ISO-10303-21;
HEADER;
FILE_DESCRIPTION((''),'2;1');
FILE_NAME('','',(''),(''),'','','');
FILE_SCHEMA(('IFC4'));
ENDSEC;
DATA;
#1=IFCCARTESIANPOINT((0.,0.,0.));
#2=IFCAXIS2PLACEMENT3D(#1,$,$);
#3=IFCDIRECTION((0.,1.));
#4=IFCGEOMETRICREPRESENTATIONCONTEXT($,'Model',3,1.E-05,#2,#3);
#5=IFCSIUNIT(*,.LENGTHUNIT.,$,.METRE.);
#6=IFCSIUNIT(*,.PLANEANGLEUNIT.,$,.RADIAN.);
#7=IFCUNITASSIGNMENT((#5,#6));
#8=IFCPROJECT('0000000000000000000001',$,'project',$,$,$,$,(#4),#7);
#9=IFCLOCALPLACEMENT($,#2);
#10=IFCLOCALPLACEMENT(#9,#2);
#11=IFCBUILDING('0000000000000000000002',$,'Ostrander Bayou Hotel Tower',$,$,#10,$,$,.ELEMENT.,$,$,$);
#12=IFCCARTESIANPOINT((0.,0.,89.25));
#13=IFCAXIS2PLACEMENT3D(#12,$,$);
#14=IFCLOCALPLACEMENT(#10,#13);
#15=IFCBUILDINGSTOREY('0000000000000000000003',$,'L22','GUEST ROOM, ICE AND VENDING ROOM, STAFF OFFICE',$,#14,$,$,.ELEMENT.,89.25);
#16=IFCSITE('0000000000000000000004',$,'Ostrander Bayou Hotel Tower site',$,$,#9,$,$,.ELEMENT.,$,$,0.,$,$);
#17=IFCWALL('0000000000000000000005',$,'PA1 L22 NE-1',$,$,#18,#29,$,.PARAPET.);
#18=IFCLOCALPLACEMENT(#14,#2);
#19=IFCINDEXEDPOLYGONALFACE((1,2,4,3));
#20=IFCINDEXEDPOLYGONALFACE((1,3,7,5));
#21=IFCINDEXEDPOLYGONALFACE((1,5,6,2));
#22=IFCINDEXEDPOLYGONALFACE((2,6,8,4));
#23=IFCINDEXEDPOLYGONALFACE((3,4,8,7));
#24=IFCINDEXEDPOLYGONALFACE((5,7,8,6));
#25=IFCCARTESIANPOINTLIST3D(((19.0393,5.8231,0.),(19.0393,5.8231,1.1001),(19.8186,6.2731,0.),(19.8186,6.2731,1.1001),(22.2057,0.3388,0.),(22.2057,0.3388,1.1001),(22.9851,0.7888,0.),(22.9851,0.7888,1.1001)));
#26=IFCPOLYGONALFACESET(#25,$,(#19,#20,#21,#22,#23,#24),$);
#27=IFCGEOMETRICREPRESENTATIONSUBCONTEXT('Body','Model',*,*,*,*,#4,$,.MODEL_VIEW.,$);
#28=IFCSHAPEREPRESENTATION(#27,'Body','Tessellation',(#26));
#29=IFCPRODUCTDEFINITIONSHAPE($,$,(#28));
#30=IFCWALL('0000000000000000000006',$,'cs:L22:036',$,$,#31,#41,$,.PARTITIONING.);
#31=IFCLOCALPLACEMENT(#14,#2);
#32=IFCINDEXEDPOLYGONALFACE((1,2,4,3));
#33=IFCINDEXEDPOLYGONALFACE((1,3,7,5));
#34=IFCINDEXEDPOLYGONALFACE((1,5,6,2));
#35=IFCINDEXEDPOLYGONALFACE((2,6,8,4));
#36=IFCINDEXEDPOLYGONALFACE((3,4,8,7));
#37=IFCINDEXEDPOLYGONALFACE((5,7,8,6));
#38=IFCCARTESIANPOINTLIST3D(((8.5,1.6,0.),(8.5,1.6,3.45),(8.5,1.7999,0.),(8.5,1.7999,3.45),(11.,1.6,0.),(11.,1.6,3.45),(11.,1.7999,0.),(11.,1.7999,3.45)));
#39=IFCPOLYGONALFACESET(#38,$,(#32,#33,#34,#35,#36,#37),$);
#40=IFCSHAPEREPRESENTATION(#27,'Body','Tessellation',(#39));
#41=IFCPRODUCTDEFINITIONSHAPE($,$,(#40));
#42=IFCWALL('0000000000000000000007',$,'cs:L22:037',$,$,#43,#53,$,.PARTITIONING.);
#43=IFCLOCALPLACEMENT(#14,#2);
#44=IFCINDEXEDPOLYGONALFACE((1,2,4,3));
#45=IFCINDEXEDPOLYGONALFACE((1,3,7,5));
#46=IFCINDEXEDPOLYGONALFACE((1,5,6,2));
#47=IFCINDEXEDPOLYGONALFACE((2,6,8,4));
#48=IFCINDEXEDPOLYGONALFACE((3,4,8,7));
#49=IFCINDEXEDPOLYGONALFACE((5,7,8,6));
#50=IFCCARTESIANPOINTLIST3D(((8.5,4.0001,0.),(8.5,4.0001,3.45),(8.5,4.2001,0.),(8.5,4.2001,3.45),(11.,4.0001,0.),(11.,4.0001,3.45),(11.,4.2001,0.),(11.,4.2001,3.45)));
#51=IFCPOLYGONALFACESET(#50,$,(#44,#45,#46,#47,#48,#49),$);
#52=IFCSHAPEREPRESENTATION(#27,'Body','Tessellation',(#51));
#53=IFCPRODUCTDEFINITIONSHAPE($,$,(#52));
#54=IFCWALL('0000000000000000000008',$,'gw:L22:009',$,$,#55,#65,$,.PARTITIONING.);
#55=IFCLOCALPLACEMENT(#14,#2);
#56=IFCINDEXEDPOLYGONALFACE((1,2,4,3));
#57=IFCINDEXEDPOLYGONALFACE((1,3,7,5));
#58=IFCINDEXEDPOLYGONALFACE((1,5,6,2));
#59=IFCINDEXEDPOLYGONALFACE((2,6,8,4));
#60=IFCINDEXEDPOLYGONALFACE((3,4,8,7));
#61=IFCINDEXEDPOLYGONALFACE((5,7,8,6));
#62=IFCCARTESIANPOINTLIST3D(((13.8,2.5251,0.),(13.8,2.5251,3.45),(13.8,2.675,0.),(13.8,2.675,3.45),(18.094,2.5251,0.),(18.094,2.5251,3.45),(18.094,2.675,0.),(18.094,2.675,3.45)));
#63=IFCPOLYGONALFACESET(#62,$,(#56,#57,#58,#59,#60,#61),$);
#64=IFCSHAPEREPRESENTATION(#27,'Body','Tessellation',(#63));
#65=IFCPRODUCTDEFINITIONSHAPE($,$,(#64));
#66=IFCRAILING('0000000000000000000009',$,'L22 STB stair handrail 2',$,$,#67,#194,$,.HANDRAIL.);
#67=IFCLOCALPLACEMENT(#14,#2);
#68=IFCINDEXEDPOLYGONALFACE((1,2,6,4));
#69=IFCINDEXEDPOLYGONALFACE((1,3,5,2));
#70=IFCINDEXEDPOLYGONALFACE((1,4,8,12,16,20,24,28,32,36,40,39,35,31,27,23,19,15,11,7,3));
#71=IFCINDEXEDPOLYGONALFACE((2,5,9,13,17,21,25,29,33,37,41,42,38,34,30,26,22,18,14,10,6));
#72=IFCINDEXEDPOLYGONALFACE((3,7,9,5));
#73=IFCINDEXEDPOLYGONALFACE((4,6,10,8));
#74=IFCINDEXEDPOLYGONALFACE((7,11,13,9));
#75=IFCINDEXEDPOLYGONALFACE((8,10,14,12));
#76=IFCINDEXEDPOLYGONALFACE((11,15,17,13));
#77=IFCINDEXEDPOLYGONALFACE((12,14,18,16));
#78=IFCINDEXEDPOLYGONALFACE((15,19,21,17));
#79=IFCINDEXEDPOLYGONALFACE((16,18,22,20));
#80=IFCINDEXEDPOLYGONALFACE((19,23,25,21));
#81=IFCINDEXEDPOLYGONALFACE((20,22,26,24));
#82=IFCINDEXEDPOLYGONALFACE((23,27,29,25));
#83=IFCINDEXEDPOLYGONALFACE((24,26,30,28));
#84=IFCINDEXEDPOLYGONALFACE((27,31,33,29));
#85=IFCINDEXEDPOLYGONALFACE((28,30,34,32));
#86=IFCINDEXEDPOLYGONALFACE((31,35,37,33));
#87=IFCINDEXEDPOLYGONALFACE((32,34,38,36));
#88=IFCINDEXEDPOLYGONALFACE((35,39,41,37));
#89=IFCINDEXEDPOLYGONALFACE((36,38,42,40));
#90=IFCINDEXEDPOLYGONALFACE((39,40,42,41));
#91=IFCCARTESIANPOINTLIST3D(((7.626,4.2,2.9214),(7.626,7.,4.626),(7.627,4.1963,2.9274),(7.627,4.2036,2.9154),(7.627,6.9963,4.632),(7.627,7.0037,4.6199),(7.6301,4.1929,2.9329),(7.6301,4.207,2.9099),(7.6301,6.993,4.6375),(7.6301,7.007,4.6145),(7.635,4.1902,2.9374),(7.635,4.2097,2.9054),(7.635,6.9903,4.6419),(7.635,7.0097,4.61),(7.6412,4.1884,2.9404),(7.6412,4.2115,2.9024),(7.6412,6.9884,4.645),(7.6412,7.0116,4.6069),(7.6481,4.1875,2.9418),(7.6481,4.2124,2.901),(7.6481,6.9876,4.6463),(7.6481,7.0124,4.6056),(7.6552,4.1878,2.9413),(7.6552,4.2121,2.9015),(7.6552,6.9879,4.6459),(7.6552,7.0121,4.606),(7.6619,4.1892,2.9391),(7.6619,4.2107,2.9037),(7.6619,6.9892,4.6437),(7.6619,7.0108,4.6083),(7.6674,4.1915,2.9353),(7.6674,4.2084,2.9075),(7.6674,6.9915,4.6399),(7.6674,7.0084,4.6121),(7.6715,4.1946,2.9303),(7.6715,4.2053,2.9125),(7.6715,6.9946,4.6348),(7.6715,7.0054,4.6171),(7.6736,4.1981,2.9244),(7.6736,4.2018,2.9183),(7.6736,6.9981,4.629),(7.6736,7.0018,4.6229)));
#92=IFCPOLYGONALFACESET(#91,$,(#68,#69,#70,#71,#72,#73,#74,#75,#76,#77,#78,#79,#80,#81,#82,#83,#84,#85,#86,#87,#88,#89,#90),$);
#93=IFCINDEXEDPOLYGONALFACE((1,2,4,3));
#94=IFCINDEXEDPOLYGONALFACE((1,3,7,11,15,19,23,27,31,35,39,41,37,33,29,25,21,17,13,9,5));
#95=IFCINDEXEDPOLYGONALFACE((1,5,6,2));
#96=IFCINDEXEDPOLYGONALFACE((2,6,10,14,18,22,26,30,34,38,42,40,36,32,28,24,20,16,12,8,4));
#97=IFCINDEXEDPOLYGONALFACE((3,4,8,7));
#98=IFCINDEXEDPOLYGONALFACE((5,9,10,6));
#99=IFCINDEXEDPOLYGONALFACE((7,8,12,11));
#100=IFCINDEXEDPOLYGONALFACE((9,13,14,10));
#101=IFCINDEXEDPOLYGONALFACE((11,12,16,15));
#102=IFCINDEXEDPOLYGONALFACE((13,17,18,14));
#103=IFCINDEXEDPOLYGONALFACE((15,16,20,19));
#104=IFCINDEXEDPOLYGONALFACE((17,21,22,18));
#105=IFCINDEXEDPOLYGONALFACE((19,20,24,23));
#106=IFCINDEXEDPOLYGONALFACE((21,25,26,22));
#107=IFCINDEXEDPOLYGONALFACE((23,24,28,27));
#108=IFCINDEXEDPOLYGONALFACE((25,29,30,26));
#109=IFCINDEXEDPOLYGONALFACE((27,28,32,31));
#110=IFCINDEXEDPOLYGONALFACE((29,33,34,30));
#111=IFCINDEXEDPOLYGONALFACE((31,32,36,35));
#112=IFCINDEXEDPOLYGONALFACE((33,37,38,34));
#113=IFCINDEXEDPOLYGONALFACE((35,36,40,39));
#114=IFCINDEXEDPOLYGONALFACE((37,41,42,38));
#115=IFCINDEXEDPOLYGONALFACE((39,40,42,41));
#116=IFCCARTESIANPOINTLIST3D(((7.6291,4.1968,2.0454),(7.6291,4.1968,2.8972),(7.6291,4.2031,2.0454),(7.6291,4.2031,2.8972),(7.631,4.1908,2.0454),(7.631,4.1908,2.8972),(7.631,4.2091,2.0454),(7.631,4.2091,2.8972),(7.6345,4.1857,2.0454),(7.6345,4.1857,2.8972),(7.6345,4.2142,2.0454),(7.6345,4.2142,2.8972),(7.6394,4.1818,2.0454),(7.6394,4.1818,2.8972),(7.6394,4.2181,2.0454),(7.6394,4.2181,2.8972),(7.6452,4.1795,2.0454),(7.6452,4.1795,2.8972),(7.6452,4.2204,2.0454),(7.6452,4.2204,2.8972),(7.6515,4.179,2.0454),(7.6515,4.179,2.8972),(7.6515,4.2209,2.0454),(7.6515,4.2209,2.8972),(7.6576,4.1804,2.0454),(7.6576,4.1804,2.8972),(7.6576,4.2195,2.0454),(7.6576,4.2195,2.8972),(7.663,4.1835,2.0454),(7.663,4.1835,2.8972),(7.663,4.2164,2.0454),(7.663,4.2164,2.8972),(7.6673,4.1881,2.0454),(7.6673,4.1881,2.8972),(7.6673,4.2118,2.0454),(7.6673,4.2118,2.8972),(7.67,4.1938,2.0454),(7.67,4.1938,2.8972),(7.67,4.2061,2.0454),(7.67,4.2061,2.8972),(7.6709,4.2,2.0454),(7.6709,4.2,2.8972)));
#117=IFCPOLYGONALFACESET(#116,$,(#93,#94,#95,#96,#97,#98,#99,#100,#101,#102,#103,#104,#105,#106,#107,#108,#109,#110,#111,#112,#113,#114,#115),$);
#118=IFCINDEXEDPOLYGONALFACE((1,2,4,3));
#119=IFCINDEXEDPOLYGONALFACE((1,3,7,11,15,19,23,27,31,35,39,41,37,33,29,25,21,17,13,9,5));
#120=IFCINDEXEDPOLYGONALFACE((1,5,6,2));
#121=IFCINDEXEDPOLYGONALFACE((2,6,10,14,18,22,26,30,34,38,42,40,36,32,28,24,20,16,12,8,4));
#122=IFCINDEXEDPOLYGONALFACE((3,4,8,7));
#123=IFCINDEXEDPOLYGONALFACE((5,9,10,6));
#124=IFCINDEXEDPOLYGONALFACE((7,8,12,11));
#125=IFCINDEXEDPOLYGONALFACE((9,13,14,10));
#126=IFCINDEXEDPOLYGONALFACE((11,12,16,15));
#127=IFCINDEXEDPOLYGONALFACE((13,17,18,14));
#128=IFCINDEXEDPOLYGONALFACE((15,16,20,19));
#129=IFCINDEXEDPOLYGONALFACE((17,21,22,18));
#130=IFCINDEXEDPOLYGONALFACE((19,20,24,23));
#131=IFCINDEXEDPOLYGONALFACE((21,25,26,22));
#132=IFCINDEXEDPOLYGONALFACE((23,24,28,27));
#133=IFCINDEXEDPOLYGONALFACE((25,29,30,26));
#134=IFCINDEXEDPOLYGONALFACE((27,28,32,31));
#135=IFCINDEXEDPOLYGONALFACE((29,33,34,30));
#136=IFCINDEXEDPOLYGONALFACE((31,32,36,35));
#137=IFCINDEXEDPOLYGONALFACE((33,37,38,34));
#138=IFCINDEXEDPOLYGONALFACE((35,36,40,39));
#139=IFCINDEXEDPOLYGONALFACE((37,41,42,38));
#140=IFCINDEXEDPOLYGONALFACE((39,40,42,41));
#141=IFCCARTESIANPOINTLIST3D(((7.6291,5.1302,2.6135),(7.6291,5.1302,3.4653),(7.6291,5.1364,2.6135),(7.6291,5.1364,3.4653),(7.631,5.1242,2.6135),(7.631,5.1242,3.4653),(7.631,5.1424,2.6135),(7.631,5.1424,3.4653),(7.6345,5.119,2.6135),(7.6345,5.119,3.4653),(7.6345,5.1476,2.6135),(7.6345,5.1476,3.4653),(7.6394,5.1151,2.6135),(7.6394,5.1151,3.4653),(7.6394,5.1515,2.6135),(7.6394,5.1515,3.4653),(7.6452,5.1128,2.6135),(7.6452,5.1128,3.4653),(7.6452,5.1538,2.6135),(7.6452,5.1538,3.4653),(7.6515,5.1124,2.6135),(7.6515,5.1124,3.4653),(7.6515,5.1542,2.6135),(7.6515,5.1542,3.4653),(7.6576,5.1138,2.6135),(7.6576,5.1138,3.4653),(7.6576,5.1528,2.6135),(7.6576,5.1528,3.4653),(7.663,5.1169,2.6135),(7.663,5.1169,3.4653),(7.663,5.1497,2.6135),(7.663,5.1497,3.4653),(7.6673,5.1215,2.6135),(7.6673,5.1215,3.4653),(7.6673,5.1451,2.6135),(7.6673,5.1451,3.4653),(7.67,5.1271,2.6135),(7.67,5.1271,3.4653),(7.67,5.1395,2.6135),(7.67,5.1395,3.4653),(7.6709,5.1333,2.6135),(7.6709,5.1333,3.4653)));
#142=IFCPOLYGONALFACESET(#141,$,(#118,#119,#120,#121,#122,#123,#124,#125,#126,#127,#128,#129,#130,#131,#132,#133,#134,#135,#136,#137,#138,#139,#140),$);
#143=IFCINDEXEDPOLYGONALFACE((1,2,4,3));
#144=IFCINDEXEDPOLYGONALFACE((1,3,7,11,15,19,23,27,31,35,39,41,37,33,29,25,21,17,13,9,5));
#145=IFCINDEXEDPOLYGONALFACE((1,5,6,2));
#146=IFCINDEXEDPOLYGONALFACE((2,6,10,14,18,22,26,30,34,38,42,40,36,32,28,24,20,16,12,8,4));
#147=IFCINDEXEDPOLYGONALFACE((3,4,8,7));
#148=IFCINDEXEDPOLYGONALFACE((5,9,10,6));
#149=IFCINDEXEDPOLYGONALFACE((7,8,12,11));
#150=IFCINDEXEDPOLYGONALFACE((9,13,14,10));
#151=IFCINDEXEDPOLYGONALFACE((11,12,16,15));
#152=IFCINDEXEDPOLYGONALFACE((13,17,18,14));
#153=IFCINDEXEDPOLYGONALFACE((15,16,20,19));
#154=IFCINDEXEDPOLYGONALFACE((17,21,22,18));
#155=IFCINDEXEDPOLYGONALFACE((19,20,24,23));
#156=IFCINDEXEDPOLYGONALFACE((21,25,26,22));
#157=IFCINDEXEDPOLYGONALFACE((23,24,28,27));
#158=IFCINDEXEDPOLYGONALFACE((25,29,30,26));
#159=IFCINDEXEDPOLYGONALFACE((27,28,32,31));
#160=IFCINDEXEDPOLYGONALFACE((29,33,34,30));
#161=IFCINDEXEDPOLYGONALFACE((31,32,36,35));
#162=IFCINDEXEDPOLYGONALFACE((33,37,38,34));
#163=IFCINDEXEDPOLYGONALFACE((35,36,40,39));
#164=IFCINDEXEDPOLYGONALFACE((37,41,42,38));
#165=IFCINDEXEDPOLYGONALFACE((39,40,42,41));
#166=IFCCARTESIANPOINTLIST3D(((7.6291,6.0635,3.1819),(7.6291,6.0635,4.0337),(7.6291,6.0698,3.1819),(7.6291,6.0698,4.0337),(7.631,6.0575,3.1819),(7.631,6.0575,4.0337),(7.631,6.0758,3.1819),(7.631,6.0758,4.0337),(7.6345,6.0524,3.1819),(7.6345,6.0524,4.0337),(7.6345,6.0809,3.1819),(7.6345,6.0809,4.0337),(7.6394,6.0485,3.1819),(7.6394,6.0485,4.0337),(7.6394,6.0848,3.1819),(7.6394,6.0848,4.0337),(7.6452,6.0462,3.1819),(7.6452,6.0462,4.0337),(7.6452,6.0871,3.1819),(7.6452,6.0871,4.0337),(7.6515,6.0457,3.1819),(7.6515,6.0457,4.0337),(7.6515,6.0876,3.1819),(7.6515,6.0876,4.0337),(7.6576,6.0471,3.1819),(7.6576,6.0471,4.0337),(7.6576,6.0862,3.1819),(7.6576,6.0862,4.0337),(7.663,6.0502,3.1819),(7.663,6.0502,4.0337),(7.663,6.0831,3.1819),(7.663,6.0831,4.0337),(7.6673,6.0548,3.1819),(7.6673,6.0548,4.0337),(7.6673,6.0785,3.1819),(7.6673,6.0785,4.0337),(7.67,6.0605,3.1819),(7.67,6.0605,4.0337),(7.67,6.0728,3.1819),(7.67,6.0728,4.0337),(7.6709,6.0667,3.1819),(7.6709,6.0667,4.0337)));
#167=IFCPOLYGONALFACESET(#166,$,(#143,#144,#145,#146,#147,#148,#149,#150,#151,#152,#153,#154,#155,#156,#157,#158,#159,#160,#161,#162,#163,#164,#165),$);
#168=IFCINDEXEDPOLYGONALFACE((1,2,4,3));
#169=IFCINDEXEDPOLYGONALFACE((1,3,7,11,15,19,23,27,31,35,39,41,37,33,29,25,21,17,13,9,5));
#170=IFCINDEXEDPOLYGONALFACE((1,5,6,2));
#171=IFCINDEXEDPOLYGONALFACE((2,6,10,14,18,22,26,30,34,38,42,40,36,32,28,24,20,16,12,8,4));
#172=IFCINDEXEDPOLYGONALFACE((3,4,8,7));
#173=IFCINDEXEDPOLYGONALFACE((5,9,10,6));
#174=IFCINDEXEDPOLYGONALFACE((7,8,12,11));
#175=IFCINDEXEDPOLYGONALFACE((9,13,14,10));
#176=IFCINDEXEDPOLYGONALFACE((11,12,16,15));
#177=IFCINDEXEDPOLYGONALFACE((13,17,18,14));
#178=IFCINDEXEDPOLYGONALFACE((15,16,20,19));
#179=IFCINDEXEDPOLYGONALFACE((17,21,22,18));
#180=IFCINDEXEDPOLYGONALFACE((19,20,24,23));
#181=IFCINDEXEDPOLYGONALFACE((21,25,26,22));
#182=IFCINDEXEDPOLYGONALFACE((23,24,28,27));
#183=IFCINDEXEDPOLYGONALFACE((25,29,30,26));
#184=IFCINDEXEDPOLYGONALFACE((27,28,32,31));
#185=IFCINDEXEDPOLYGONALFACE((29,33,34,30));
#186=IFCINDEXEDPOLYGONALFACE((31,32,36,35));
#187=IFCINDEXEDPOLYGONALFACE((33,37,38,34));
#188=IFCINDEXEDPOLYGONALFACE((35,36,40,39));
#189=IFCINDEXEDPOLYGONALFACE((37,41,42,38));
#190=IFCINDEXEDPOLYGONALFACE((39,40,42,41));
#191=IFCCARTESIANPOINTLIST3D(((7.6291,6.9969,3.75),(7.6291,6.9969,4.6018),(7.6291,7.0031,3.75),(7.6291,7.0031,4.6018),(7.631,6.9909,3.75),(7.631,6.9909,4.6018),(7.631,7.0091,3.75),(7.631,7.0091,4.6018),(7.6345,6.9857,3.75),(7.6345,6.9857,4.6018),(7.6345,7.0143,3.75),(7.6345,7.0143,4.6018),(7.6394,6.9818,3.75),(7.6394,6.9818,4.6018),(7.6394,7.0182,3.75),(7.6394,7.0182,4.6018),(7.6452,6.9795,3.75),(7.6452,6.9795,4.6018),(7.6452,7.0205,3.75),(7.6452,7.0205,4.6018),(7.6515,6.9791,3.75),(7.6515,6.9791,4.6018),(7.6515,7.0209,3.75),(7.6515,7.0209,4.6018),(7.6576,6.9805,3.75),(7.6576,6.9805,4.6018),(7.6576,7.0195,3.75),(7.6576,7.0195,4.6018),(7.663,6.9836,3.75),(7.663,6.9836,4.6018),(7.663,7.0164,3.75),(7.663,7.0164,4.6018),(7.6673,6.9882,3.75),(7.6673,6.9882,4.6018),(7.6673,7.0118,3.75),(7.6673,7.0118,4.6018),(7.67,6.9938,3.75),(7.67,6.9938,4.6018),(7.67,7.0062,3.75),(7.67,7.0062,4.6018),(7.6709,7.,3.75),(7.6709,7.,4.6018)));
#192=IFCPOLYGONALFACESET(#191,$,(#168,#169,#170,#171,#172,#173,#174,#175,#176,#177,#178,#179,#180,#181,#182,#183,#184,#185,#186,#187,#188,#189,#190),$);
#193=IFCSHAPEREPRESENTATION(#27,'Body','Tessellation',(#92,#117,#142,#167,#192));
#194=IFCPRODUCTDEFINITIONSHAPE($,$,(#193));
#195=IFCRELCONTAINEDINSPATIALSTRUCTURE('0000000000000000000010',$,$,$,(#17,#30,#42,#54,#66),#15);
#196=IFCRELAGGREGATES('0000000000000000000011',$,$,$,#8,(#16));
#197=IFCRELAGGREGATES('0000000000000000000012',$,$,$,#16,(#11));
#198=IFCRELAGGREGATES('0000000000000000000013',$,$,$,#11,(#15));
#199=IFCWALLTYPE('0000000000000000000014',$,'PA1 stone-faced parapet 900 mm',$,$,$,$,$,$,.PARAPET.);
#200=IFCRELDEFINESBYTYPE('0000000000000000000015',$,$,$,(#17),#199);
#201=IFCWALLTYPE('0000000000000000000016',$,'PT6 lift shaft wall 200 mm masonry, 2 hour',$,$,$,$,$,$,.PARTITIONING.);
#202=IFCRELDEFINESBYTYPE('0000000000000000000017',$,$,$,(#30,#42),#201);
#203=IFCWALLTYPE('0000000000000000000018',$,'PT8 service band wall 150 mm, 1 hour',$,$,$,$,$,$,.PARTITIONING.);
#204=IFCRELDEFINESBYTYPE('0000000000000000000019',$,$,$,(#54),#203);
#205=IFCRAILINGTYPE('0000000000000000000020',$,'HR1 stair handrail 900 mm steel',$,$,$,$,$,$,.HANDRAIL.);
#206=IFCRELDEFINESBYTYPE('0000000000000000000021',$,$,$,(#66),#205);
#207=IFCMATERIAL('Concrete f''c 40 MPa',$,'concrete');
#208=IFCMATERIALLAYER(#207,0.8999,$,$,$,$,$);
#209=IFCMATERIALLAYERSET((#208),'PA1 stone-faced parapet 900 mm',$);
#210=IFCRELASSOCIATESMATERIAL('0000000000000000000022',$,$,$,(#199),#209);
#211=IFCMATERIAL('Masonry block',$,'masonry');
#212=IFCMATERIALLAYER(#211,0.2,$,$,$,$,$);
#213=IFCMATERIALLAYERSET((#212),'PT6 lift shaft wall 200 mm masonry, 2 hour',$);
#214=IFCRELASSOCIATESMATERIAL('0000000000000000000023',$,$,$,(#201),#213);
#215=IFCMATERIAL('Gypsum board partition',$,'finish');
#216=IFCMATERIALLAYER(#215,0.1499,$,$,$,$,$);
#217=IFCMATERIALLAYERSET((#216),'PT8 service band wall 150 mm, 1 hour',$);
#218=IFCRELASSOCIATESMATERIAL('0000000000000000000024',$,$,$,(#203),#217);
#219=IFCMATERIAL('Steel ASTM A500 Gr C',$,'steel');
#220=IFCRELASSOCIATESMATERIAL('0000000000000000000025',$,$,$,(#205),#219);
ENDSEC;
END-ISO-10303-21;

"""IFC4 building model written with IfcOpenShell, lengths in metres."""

from ifc_helpers import new_model, si_unit, direction, frame, frame_2d, origin, origin_2d, place, context, subcontext, project, spatial, rectangle, circle, extrude, material, layer, layer_set, type_object, element, save


model = new_model("IFC4")

# Units and contexts
model_context = context("Model", 3, precision=1e-05, world=origin(), true_north=direction((0.0, 1.0)))
body_context = subcontext(model_context, "Body", "Model", "MODEL_VIEW")
ifc_project = project(units=[si_unit("LENGTHUNIT", "METRE"), si_unit("PLANEANGLEUNIT", "RADIAN")], contexts=[model_context])

# Site, building, storey
site_placement = place(None, origin())
site = spatial("IfcSite", under=ifc_project, at=site_placement, Name="Ostrander Bayou Hotel Tower site", CompositionType="ELEMENT", RefElevation=0.0)
building_placement = place(site_placement, origin())
building = spatial("IfcBuilding", under=site, at=building_placement, Name="Ostrander Bayou Hotel Tower", CompositionType="ELEMENT")
storey_placement = place(building_placement, frame((0.0, 0.0, 89.25)))
storey = spatial("IfcBuildingStorey", under=building, at=storey_placement, Name="L22", Description="GUEST ROOM, ICE AND VENDING ROOM, STAFF OFFICE", CompositionType="ELEMENT", Elevation=89.25)

# Wall
ifc_material_1 = material(Name="Concrete f'c 40 MPa", Category="concrete")
ifc_layer_1 = layer(ifc_material_1, 0.8999)
ifc_layer_set_1 = layer_set([ifc_layer_1], Name="PA1 stone-faced parapet 900 mm")
wall_type_1 = type_object("IfcWallType", Name="PA1 stone-faced parapet 900 mm", PredefinedType="PARAPET", material=ifc_layer_set_1)
wall_1_placement = place(storey_placement, frame((22.5955, 0.5637, 0.0), z_axis=(0.0, 0.0, 1.0), x_axis=(-0.500012, 0.866019, 0.0)))
element("IfcWall", 1, at=wall_1_placement, inside=storey, type_object=wall_type_1, Name="PA1 L22 NE-1", PredefinedType="PARAPET", context=body_context, shape_type="SweptSolid", body=[
    extrude(rectangle(XDim=6.3328, YDim=0.8999, at=frame_2d((3.1665, 0.0))), origin(), (0.0, 0.0, 1.0), 1.1001),
])

# Walls
ifc_material_2 = material(Name="Masonry block", Category="masonry")
ifc_layer_2 = layer(ifc_material_2, 0.2)
ifc_layer_set_2 = layer_set([ifc_layer_2], Name="PT6 lift shaft wall 200 mm masonry, 2 hour")
wall_type_2 = type_object("IfcWallType", Name="PT6 lift shaft wall 200 mm masonry, 2 hour", PredefinedType="PARTITIONING", material=ifc_layer_set_2)
for number, where, z_axis, x_axis, name in (
    (2, (8.5, 1.7, 0.0), (0.0, 0.0, 1.0), (1.0, 0.0, 0.0), "cs:L22:036"),
    (3, (8.5, 4.1001, 0.0), (0.0, 0.0, 1.0), (1.0, 0.0, 0.0), "cs:L22:037"),
):
    element("IfcWall", number, at=place(storey_placement, frame(where, z_axis=z_axis, x_axis=x_axis)), inside=storey, type_object=wall_type_2, Name=name, PredefinedType="PARTITIONING", context=body_context, shape_type="SweptSolid", body=[
        extrude(rectangle(XDim=2.5, YDim=0.2, at=frame_2d((1.25, 0.0))), origin(), (0.0, 0.0, 1.0), 3.45),
    ])
ifc_material_3 = material(Name="Gypsum board partition", Category="finish")
ifc_layer_3 = layer(ifc_material_3, 0.1499)
ifc_layer_set_3 = layer_set([ifc_layer_3], Name="PT8 service band wall 150 mm, 1 hour")
wall_type_3 = type_object("IfcWallType", Name="PT8 service band wall 150 mm, 1 hour", PredefinedType="PARTITIONING", material=ifc_layer_set_3)
wall_2_placement = place(storey_placement, frame((13.8, 2.6001, 0.0), z_axis=(0.0, 0.0, 1.0), x_axis=(1.0, 0.0, 0.0)))
element("IfcWall", 4, at=wall_2_placement, inside=storey, type_object=wall_type_3, Name="gw:L22:009", PredefinedType="PARTITIONING", context=body_context, shape_type="SweptSolid", body=[
    extrude(rectangle(XDim=4.2939, YDim=0.1499, at=frame_2d((2.147, 0.0))), origin(), (0.0, 0.0, 1.0), 3.45),
])

# Railing
ifc_material_4 = material(Name="Steel ASTM A500 Gr C", Category="steel")
railing_type = type_object("IfcRailingType", Name="HR1 stair handrail 900 mm steel", PredefinedType="HANDRAIL", material=ifc_material_4)
railing_placement = place(storey_placement, frame((7.6499, 4.2, 2.0454)))
element("IfcRailing", 5, at=railing_placement, inside=storey, type_object=railing_type, Name="L22 STB stair handrail 2", PredefinedType="HANDRAIL", context=body_context, shape_type="SweptSolid", body=[
    extrude(circle(Radius=0.0239, at=origin_2d()), frame((0.0, 0.0, 0.876), z_axis=(0.0, 0.85417, 0.519994), x_axis=(-1.0, 0.0, 0.0)), (0.0, 0.0, 1.0), 3.2781),
    extrude(circle(Radius=0.021, at=origin_2d()), origin(), (0.0, 0.0, 1.0), 0.8518),
    extrude(circle(Radius=0.021, at=origin_2d()), frame((0.0, 0.9333, 0.5681)), (0.0, 0.0, 1.0), 0.8518),
    extrude(circle(Radius=0.021, at=origin_2d()), frame((0.0, 1.8667, 1.1365)), (0.0, 0.0, 1.0), 0.8518),
    extrude(circle(Radius=0.021, at=origin_2d()), frame((0.0, 2.8, 1.7046)), (0.0, 0.0, 1.0), 0.8518),
])

save(model, "model.ifc")
